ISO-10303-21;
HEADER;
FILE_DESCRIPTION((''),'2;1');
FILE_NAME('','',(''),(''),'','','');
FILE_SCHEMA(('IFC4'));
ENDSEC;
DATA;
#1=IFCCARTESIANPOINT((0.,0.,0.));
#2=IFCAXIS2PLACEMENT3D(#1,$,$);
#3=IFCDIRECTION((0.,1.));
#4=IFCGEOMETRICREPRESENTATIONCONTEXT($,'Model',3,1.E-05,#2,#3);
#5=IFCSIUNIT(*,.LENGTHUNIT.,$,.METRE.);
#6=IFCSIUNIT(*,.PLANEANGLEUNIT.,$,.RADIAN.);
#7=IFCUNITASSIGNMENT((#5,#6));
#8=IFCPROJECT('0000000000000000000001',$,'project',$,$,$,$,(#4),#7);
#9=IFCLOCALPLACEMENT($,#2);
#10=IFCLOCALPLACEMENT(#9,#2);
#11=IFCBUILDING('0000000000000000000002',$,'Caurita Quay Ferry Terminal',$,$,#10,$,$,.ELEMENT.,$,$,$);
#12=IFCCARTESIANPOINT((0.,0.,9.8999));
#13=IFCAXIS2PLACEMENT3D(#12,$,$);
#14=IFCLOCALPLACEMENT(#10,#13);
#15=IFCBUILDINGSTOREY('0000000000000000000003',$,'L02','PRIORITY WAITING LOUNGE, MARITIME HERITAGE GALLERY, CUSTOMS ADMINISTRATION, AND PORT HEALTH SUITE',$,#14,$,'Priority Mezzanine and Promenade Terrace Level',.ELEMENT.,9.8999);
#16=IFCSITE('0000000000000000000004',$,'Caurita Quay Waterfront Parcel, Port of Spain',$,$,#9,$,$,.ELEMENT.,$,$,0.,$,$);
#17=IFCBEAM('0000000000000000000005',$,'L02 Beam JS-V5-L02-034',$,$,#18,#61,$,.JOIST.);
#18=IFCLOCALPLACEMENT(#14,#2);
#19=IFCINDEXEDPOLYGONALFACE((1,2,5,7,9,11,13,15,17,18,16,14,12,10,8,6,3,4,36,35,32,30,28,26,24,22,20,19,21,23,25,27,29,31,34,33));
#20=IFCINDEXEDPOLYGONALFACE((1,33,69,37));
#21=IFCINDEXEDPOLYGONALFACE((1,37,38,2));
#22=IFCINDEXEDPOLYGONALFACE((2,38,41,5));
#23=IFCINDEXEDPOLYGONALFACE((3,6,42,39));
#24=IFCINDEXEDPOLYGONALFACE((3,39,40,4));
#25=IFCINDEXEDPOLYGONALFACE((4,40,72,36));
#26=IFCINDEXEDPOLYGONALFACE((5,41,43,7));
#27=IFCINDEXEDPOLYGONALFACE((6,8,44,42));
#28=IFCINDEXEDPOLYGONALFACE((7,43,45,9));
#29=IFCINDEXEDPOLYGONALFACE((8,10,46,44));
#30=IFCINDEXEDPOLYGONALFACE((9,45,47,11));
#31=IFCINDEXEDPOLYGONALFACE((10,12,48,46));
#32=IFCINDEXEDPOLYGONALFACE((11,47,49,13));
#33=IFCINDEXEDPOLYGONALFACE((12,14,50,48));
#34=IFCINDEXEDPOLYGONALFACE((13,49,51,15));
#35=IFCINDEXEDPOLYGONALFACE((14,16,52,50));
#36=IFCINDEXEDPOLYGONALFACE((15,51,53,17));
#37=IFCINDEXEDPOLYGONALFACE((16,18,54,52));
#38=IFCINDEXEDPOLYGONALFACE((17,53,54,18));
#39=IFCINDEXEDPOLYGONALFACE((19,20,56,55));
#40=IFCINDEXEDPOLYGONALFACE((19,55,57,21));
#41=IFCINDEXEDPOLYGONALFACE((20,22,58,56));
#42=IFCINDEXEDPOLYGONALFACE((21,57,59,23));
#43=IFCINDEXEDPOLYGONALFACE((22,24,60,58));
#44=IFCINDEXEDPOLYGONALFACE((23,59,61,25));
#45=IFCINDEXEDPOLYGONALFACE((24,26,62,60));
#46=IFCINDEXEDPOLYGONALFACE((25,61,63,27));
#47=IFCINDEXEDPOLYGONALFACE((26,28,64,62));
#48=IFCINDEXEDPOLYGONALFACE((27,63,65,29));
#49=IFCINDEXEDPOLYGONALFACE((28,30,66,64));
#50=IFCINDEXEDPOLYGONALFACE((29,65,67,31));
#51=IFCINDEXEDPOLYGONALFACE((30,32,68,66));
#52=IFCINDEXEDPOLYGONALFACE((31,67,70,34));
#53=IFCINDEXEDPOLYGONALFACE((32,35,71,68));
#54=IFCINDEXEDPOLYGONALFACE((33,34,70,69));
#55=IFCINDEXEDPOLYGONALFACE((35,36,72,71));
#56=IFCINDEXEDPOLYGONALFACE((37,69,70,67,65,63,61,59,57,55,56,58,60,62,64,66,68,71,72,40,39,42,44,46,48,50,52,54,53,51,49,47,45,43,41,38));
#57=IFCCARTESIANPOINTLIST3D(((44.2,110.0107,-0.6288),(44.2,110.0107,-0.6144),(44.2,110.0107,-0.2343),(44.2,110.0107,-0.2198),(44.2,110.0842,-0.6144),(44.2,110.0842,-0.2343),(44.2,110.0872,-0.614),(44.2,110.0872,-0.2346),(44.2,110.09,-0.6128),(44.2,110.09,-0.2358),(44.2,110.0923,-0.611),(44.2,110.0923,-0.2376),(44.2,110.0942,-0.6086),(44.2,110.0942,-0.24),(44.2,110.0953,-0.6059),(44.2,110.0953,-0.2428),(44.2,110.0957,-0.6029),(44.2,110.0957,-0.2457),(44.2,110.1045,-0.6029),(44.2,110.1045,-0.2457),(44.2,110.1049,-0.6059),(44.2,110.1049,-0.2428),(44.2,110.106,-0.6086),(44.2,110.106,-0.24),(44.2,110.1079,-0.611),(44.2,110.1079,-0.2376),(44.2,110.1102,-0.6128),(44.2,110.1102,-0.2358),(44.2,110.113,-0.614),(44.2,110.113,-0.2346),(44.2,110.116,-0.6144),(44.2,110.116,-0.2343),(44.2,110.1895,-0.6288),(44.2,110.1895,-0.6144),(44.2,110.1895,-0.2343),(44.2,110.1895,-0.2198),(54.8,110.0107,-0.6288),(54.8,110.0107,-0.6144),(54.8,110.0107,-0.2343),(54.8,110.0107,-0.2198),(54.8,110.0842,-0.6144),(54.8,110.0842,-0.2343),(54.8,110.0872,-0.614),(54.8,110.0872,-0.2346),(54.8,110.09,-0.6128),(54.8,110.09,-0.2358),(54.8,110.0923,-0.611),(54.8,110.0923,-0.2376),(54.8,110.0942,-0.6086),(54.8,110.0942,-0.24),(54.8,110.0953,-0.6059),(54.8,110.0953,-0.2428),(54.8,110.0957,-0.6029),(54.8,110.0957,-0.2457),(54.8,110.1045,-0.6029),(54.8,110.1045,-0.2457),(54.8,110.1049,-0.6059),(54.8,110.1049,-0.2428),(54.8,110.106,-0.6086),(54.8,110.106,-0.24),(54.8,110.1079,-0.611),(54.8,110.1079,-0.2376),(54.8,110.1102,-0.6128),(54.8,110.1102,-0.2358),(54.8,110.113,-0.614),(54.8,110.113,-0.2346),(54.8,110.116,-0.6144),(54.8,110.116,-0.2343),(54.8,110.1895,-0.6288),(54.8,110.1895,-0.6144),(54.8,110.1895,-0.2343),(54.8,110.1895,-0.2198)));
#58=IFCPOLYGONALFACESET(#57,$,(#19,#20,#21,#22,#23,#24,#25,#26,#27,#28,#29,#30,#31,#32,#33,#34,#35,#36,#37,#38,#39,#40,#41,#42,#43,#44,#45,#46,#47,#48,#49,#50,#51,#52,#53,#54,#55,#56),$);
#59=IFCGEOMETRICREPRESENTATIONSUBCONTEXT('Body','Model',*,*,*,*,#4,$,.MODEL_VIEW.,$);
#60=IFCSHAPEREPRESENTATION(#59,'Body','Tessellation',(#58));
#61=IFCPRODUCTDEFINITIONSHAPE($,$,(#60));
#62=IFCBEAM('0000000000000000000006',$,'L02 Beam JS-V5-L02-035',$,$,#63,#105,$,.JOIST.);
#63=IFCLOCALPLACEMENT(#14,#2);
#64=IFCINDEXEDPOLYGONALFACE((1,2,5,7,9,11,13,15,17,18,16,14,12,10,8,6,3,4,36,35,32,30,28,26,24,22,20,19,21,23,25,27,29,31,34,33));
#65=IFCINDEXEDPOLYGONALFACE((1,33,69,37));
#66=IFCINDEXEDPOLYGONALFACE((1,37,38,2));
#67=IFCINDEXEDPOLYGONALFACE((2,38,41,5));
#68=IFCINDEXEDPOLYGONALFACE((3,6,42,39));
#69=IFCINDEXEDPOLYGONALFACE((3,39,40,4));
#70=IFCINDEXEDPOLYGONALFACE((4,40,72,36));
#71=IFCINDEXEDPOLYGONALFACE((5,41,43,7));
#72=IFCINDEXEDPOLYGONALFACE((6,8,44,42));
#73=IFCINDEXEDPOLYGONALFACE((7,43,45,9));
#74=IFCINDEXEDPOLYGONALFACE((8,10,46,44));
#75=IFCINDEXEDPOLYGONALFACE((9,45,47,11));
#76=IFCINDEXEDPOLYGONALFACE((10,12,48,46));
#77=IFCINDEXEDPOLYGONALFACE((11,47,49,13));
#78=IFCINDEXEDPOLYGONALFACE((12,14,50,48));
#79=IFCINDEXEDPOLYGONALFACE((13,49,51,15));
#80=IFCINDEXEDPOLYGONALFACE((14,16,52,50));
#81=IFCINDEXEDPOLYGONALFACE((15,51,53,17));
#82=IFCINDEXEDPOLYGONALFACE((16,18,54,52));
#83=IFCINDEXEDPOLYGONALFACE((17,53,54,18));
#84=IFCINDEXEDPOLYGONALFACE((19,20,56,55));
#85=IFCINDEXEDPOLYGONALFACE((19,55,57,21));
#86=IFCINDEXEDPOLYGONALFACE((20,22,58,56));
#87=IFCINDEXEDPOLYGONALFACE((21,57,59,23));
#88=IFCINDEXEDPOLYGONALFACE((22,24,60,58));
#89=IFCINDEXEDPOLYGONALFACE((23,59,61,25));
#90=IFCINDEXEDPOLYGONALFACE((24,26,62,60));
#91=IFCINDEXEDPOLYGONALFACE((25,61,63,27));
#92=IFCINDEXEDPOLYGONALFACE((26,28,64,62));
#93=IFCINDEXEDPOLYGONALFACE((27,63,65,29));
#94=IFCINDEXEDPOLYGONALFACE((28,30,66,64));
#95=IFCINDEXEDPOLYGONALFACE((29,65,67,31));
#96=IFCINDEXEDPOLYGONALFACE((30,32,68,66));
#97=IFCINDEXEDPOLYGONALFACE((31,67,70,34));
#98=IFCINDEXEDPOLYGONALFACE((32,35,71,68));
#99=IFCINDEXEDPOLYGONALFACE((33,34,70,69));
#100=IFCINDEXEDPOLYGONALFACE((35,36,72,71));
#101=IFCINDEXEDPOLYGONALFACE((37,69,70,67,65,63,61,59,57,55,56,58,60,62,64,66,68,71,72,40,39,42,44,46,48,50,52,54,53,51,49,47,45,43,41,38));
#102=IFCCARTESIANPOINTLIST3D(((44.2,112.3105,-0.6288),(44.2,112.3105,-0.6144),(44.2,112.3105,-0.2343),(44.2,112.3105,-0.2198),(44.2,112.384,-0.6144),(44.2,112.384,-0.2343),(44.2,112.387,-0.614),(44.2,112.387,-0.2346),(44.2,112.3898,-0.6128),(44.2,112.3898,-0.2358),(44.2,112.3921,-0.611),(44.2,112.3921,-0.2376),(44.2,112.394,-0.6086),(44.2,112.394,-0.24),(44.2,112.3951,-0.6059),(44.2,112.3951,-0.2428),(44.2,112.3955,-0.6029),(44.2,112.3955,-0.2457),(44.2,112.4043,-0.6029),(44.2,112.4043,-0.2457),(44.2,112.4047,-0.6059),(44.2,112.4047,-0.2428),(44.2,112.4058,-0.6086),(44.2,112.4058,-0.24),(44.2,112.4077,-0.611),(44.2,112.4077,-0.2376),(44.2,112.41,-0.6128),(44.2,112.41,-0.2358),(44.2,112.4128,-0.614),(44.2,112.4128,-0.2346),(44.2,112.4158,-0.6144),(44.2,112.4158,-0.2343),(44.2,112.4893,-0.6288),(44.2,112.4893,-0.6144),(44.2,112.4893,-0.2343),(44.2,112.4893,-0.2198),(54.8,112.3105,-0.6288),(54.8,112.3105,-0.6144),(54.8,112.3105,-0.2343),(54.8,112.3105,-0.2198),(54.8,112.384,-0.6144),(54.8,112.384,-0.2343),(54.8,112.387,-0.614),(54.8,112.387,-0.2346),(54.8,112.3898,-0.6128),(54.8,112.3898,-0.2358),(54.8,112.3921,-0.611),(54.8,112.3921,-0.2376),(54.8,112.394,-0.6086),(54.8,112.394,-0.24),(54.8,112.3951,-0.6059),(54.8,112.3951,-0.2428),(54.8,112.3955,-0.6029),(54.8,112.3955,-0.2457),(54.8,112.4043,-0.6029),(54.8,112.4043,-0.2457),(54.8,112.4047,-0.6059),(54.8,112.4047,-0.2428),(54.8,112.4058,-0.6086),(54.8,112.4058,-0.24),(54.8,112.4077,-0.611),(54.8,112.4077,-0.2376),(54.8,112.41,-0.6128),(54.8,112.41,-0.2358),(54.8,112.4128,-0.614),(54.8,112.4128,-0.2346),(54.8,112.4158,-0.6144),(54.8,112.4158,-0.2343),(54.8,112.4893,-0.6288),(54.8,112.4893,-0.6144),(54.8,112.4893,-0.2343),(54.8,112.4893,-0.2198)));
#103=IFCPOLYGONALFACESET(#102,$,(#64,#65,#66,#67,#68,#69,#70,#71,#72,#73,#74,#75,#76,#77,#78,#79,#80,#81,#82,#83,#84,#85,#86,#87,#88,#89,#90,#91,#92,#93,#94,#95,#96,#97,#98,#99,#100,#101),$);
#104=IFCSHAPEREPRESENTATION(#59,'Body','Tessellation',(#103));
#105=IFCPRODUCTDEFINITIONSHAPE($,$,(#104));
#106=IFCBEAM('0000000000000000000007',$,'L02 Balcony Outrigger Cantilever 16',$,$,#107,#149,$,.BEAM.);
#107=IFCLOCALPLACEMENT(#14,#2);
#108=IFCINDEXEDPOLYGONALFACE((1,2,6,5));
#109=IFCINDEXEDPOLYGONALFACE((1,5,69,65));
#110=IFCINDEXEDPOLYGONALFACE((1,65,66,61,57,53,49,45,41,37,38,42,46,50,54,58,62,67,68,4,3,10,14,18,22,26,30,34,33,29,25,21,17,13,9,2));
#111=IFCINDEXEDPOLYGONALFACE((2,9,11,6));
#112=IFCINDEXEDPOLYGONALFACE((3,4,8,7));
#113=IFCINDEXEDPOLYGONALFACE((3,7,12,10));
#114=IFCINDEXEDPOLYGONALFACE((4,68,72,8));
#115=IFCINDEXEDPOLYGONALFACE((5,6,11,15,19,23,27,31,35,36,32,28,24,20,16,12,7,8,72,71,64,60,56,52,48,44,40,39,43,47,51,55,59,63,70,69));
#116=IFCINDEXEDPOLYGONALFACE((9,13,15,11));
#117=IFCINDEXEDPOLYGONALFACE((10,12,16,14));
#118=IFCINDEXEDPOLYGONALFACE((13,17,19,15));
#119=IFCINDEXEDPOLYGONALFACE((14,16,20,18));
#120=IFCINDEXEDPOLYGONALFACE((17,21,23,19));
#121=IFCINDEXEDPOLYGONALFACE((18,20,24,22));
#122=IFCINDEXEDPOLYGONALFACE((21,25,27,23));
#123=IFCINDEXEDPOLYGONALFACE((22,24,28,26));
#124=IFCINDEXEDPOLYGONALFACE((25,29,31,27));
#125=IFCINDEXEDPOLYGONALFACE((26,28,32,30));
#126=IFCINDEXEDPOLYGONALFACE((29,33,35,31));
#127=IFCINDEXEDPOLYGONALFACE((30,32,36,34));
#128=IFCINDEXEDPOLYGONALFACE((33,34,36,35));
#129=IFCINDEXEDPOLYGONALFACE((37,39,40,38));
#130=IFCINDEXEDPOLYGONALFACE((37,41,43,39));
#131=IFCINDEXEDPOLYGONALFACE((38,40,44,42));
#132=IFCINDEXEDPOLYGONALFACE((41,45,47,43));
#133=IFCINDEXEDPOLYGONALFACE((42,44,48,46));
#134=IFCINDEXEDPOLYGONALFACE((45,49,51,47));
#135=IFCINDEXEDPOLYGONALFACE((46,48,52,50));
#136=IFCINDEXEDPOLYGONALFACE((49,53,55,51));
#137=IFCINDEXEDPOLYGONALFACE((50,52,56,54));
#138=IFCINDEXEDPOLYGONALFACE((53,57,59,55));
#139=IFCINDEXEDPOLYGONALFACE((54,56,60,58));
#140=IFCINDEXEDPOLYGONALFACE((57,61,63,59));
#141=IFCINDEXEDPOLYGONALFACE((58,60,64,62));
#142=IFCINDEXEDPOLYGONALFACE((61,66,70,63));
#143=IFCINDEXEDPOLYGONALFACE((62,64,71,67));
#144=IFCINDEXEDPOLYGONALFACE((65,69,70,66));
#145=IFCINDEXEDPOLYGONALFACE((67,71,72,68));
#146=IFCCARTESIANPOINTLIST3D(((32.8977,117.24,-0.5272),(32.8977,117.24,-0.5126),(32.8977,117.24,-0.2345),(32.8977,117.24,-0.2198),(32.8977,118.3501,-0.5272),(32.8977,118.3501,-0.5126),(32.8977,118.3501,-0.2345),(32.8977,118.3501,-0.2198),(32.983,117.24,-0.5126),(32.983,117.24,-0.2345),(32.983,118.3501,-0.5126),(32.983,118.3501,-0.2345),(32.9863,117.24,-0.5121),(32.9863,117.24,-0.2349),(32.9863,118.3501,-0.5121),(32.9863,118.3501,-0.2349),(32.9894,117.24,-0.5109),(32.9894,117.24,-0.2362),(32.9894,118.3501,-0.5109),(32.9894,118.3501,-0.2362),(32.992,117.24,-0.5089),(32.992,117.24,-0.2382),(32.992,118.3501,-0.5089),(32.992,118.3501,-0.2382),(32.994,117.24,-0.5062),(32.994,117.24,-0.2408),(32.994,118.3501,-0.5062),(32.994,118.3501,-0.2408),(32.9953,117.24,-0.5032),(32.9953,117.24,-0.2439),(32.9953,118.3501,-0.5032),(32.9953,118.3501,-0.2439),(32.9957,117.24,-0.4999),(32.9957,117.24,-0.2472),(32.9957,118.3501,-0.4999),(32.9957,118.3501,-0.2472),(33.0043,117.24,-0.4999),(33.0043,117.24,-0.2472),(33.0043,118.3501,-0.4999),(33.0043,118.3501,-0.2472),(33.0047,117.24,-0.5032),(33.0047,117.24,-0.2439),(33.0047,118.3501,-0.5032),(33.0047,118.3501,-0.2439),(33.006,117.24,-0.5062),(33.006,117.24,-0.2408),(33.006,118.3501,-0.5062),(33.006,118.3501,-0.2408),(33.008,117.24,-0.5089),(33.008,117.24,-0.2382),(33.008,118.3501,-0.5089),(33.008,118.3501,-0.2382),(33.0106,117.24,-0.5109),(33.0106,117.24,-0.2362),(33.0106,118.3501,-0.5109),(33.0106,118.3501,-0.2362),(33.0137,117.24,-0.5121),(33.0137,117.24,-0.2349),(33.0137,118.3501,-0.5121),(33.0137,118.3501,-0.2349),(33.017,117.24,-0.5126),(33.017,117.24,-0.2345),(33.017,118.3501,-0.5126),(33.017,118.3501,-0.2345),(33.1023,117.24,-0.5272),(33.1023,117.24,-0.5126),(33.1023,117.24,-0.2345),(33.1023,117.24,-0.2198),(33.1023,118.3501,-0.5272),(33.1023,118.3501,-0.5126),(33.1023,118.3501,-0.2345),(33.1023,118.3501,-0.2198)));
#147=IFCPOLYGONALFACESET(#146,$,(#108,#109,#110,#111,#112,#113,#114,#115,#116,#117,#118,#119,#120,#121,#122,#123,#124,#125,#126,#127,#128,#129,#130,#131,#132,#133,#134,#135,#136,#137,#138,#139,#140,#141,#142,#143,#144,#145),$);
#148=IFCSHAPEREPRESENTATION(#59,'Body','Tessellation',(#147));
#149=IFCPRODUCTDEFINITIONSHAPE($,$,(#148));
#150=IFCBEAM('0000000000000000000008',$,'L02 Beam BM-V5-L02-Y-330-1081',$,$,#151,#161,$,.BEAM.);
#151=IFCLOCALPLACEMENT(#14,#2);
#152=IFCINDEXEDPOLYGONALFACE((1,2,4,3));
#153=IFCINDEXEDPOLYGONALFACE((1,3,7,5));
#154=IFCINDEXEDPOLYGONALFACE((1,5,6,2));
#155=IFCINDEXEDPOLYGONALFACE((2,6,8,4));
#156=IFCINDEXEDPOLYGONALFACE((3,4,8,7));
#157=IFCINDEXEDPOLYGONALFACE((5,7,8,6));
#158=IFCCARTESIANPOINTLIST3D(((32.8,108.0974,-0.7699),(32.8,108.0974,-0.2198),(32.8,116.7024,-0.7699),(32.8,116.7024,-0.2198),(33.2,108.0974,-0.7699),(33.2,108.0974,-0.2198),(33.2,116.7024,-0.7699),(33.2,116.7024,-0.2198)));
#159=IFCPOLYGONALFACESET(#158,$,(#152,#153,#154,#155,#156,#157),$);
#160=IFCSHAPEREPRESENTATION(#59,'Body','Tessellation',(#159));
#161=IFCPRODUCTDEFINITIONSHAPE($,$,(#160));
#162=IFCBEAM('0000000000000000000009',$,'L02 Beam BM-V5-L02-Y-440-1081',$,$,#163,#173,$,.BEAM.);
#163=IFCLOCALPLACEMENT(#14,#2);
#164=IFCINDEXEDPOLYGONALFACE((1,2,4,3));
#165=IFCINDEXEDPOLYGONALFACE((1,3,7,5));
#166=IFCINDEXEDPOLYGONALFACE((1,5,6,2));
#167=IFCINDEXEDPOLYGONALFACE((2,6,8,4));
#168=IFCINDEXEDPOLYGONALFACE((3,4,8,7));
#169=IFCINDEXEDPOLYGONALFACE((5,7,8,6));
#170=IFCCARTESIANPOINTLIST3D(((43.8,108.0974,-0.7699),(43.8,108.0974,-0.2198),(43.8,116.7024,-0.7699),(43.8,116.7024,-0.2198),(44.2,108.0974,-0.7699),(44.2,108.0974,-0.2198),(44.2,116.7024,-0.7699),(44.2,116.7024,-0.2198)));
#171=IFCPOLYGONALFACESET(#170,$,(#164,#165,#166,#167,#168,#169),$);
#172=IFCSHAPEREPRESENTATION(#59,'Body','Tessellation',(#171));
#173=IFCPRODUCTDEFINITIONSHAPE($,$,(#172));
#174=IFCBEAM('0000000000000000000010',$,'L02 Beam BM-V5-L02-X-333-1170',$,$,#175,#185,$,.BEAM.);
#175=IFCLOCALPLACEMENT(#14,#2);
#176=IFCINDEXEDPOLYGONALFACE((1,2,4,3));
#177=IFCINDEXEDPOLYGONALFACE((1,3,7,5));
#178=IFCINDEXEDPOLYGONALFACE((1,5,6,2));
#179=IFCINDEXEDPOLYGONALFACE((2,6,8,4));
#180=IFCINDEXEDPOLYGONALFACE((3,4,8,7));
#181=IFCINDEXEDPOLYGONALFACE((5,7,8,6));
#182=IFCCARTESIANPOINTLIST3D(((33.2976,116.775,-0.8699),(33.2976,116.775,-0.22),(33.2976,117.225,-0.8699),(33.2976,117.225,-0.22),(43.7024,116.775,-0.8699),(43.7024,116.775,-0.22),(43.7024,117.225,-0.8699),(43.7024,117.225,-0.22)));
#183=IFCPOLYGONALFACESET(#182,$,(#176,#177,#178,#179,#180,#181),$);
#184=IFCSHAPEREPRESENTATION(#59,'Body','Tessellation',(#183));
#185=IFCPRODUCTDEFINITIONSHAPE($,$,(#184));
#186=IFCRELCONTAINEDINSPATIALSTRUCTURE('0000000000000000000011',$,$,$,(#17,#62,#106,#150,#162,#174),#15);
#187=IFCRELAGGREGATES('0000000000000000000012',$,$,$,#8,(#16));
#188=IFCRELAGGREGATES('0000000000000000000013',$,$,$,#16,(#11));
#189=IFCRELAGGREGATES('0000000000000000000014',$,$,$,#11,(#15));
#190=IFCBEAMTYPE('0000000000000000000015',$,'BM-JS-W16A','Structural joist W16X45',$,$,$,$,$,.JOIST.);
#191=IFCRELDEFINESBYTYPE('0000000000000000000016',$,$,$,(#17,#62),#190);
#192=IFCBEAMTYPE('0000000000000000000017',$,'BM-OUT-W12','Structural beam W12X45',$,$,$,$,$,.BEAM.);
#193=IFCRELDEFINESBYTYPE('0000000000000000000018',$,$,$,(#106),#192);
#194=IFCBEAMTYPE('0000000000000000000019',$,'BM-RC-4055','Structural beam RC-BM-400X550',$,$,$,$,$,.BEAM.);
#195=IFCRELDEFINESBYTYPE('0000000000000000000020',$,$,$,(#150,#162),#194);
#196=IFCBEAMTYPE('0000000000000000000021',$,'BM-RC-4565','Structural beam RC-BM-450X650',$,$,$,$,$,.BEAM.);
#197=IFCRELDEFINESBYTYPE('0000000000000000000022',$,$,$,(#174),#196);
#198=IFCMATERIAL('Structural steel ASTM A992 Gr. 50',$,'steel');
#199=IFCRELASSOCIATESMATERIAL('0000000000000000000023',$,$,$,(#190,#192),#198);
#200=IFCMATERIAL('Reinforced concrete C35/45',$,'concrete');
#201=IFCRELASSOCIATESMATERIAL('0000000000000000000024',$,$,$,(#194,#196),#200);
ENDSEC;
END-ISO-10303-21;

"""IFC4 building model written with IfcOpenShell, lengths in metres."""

from ifc_helpers import new_model, si_unit, direction, frame, origin, origin_2d, place, context, subcontext, project, spatial, rectangle, i_section, extrude, material, material_profile, profile_set, type_object, element, save


model = new_model("IFC4")

# Units and contexts
model_context = context("Model", 3, precision=1e-05, world=origin(), true_north=direction((0.0, 1.0)))
body_context = subcontext(model_context, "Body", "Model", "MODEL_VIEW")
ifc_project = project(units=[si_unit("LENGTHUNIT", "METRE"), si_unit("PLANEANGLEUNIT", "RADIAN")], contexts=[model_context])

# Site, building, storey
site_placement = place(None, origin())
site = spatial("IfcSite", under=ifc_project, at=site_placement, Name="Caurita Quay Waterfront Parcel, Port of Spain", CompositionType="ELEMENT", RefElevation=0.0)
building_placement = place(site_placement, origin())
building = spatial("IfcBuilding", under=site, at=building_placement, Name="Caurita Quay Ferry Terminal", CompositionType="ELEMENT")
storey_placement = place(building_placement, frame((0.0, 0.0, 9.8999)))
storey = spatial("IfcBuildingStorey", under=building, at=storey_placement, Name="L02", Description="PRIORITY WAITING LOUNGE, MARITIME HERITAGE GALLERY, CUSTOMS ADMINISTRATION, AND PORT HEALTH SUITE", LongName="Priority Mezzanine and Promenade Terrace Level", CompositionType="ELEMENT", Elevation=9.8999)

# Shared definitions
ifc_material_1 = material(Name="Reinforced concrete C35/45", Category="concrete")

# Beams
ifc_material_2 = material(Name="Structural steel ASTM A992 Gr. 50", Category="steel")
ifc_material_profile_1 = material_profile(ifc_material_2, i_section(OverallWidth=0.1787, OverallDepth=0.4089, WebThickness=0.0088, FlangeThickness=0.0144, FilletRadius=0.0115, at=origin_2d()), Name="W16X45")
ifc_profile_set_1 = profile_set([ifc_material_profile_1], Name="Structural steel ASTM A992 Gr. 50")
beam_type_1 = type_object("IfcBeamType", Name="BM-JS-W16A", Description="Structural joist W16X45", PredefinedType="JOIST", material=ifc_profile_set_1)
for number, where, z_axis, x_axis, name in (
    (1, (44.2, 110.1001, -0.4243), (1.0, 0.0, 0.0), (0.0, 1.0, 0.0), "L02 Beam JS-V5-L02-034"),
    (2, (44.2, 112.3999, -0.4243), (1.0, 0.0, 0.0), (0.0, 1.0, 0.0), "L02 Beam JS-V5-L02-035"),
):
    element("IfcBeam", number, at=place(storey_placement, frame(where, z_axis=z_axis, x_axis=x_axis)), inside=storey, type_object=beam_type_1, Name=name, PredefinedType="JOIST", context=body_context, shape_type="SweptSolid", body=[
        extrude(i_section(OverallWidth=0.1787, OverallDepth=0.4089, WebThickness=0.0088, FlangeThickness=0.0144, FilletRadius=0.0115, at=origin_2d()), origin(), (0.0, 0.0, 1.0), 10.6001),
    ])
ifc_material_profile_2 = material_profile(ifc_material_2, i_section(OverallWidth=0.2046, OverallDepth=0.3074, WebThickness=0.0085, FlangeThickness=0.0146, FilletRadius=0.0127, at=origin_2d()), Name="W12X45")
ifc_profile_set_2 = profile_set([ifc_material_profile_2], Name="Structural steel ASTM A992 Gr. 50")
beam_type_2 = type_object("IfcBeamType", Name="BM-OUT-W12", Description="Structural beam W12X45", PredefinedType="BEAM", material=ifc_profile_set_2)
beam_1_placement = place(storey_placement, frame((33.0, 117.24, -0.3735), z_axis=(0.0, 1.0, 0.0), x_axis=(-1.0, 0.0, 0.0)))
element("IfcBeam", 3, at=beam_1_placement, inside=storey, type_object=beam_type_2, Name="L02 Balcony Outrigger Cantilever 16", PredefinedType="BEAM", context=body_context, shape_type="SweptSolid", body=[
    extrude(i_section(OverallWidth=0.2046, OverallDepth=0.3074, WebThickness=0.0085, FlangeThickness=0.0146, FilletRadius=0.0127, at=origin_2d()), origin(), (0.0, 0.0, 1.0), 1.1101),
])
ifc_material_profile_3 = material_profile(ifc_material_1, rectangle(XDim=0.3999, YDim=0.55, at=origin_2d()), Name="RC-BM-400X550")
ifc_profile_set_3 = profile_set([ifc_material_profile_3], Name="Reinforced concrete C35/45")
beam_type_3 = type_object("IfcBeamType", Name="BM-RC-4055", Description="Structural beam RC-BM-400X550", PredefinedType="BEAM", material=ifc_profile_set_3)
for number, where, z_axis, x_axis, name in (
    (4, (33.0, 108.0974, -0.4949), (0.0, 1.0, 0.0), (-1.0, 0.0, 0.0), "L02 Beam BM-V5-L02-Y-330-1081"),
    (5, (44.0, 108.0974, -0.4949), (0.0, 1.0, 0.0), (-1.0, 0.0, 0.0), "L02 Beam BM-V5-L02-Y-440-1081"),
):
    element("IfcBeam", number, at=place(storey_placement, frame(where, z_axis=z_axis, x_axis=x_axis)), inside=storey, type_object=beam_type_3, Name=name, PredefinedType="BEAM", context=body_context, shape_type="SweptSolid", body=[
        extrude(rectangle(XDim=0.3999, YDim=0.55, at=origin_2d()), origin(), (0.0, 0.0, 1.0), 8.605),
    ])
ifc_material_profile_4 = material_profile(ifc_material_1, rectangle(XDim=0.45, YDim=0.6499, at=origin_2d()), Name="RC-BM-450X650")
ifc_profile_set_4 = profile_set([ifc_material_profile_4], Name="Reinforced concrete C35/45")
beam_type_4 = type_object("IfcBeamType", Name="BM-RC-4565", Description="Structural beam RC-BM-450X650", PredefinedType="BEAM", material=ifc_profile_set_4)
beam_2_placement = place(storey_placement, frame((33.2976, 117.0, -0.5449), z_axis=(1.0, 0.0, 0.0), x_axis=(0.0, 1.0, 0.0)))
element("IfcBeam", 6, at=beam_2_placement, inside=storey, type_object=beam_type_4, Name="L02 Beam BM-V5-L02-X-333-1170", PredefinedType="BEAM", context=body_context, shape_type="SweptSolid", body=[
    extrude(rectangle(XDim=0.45, YDim=0.6499, at=origin_2d()), origin(), (0.0, 0.0, 1.0), 10.4048),
])

save(model, "model.ifc")
